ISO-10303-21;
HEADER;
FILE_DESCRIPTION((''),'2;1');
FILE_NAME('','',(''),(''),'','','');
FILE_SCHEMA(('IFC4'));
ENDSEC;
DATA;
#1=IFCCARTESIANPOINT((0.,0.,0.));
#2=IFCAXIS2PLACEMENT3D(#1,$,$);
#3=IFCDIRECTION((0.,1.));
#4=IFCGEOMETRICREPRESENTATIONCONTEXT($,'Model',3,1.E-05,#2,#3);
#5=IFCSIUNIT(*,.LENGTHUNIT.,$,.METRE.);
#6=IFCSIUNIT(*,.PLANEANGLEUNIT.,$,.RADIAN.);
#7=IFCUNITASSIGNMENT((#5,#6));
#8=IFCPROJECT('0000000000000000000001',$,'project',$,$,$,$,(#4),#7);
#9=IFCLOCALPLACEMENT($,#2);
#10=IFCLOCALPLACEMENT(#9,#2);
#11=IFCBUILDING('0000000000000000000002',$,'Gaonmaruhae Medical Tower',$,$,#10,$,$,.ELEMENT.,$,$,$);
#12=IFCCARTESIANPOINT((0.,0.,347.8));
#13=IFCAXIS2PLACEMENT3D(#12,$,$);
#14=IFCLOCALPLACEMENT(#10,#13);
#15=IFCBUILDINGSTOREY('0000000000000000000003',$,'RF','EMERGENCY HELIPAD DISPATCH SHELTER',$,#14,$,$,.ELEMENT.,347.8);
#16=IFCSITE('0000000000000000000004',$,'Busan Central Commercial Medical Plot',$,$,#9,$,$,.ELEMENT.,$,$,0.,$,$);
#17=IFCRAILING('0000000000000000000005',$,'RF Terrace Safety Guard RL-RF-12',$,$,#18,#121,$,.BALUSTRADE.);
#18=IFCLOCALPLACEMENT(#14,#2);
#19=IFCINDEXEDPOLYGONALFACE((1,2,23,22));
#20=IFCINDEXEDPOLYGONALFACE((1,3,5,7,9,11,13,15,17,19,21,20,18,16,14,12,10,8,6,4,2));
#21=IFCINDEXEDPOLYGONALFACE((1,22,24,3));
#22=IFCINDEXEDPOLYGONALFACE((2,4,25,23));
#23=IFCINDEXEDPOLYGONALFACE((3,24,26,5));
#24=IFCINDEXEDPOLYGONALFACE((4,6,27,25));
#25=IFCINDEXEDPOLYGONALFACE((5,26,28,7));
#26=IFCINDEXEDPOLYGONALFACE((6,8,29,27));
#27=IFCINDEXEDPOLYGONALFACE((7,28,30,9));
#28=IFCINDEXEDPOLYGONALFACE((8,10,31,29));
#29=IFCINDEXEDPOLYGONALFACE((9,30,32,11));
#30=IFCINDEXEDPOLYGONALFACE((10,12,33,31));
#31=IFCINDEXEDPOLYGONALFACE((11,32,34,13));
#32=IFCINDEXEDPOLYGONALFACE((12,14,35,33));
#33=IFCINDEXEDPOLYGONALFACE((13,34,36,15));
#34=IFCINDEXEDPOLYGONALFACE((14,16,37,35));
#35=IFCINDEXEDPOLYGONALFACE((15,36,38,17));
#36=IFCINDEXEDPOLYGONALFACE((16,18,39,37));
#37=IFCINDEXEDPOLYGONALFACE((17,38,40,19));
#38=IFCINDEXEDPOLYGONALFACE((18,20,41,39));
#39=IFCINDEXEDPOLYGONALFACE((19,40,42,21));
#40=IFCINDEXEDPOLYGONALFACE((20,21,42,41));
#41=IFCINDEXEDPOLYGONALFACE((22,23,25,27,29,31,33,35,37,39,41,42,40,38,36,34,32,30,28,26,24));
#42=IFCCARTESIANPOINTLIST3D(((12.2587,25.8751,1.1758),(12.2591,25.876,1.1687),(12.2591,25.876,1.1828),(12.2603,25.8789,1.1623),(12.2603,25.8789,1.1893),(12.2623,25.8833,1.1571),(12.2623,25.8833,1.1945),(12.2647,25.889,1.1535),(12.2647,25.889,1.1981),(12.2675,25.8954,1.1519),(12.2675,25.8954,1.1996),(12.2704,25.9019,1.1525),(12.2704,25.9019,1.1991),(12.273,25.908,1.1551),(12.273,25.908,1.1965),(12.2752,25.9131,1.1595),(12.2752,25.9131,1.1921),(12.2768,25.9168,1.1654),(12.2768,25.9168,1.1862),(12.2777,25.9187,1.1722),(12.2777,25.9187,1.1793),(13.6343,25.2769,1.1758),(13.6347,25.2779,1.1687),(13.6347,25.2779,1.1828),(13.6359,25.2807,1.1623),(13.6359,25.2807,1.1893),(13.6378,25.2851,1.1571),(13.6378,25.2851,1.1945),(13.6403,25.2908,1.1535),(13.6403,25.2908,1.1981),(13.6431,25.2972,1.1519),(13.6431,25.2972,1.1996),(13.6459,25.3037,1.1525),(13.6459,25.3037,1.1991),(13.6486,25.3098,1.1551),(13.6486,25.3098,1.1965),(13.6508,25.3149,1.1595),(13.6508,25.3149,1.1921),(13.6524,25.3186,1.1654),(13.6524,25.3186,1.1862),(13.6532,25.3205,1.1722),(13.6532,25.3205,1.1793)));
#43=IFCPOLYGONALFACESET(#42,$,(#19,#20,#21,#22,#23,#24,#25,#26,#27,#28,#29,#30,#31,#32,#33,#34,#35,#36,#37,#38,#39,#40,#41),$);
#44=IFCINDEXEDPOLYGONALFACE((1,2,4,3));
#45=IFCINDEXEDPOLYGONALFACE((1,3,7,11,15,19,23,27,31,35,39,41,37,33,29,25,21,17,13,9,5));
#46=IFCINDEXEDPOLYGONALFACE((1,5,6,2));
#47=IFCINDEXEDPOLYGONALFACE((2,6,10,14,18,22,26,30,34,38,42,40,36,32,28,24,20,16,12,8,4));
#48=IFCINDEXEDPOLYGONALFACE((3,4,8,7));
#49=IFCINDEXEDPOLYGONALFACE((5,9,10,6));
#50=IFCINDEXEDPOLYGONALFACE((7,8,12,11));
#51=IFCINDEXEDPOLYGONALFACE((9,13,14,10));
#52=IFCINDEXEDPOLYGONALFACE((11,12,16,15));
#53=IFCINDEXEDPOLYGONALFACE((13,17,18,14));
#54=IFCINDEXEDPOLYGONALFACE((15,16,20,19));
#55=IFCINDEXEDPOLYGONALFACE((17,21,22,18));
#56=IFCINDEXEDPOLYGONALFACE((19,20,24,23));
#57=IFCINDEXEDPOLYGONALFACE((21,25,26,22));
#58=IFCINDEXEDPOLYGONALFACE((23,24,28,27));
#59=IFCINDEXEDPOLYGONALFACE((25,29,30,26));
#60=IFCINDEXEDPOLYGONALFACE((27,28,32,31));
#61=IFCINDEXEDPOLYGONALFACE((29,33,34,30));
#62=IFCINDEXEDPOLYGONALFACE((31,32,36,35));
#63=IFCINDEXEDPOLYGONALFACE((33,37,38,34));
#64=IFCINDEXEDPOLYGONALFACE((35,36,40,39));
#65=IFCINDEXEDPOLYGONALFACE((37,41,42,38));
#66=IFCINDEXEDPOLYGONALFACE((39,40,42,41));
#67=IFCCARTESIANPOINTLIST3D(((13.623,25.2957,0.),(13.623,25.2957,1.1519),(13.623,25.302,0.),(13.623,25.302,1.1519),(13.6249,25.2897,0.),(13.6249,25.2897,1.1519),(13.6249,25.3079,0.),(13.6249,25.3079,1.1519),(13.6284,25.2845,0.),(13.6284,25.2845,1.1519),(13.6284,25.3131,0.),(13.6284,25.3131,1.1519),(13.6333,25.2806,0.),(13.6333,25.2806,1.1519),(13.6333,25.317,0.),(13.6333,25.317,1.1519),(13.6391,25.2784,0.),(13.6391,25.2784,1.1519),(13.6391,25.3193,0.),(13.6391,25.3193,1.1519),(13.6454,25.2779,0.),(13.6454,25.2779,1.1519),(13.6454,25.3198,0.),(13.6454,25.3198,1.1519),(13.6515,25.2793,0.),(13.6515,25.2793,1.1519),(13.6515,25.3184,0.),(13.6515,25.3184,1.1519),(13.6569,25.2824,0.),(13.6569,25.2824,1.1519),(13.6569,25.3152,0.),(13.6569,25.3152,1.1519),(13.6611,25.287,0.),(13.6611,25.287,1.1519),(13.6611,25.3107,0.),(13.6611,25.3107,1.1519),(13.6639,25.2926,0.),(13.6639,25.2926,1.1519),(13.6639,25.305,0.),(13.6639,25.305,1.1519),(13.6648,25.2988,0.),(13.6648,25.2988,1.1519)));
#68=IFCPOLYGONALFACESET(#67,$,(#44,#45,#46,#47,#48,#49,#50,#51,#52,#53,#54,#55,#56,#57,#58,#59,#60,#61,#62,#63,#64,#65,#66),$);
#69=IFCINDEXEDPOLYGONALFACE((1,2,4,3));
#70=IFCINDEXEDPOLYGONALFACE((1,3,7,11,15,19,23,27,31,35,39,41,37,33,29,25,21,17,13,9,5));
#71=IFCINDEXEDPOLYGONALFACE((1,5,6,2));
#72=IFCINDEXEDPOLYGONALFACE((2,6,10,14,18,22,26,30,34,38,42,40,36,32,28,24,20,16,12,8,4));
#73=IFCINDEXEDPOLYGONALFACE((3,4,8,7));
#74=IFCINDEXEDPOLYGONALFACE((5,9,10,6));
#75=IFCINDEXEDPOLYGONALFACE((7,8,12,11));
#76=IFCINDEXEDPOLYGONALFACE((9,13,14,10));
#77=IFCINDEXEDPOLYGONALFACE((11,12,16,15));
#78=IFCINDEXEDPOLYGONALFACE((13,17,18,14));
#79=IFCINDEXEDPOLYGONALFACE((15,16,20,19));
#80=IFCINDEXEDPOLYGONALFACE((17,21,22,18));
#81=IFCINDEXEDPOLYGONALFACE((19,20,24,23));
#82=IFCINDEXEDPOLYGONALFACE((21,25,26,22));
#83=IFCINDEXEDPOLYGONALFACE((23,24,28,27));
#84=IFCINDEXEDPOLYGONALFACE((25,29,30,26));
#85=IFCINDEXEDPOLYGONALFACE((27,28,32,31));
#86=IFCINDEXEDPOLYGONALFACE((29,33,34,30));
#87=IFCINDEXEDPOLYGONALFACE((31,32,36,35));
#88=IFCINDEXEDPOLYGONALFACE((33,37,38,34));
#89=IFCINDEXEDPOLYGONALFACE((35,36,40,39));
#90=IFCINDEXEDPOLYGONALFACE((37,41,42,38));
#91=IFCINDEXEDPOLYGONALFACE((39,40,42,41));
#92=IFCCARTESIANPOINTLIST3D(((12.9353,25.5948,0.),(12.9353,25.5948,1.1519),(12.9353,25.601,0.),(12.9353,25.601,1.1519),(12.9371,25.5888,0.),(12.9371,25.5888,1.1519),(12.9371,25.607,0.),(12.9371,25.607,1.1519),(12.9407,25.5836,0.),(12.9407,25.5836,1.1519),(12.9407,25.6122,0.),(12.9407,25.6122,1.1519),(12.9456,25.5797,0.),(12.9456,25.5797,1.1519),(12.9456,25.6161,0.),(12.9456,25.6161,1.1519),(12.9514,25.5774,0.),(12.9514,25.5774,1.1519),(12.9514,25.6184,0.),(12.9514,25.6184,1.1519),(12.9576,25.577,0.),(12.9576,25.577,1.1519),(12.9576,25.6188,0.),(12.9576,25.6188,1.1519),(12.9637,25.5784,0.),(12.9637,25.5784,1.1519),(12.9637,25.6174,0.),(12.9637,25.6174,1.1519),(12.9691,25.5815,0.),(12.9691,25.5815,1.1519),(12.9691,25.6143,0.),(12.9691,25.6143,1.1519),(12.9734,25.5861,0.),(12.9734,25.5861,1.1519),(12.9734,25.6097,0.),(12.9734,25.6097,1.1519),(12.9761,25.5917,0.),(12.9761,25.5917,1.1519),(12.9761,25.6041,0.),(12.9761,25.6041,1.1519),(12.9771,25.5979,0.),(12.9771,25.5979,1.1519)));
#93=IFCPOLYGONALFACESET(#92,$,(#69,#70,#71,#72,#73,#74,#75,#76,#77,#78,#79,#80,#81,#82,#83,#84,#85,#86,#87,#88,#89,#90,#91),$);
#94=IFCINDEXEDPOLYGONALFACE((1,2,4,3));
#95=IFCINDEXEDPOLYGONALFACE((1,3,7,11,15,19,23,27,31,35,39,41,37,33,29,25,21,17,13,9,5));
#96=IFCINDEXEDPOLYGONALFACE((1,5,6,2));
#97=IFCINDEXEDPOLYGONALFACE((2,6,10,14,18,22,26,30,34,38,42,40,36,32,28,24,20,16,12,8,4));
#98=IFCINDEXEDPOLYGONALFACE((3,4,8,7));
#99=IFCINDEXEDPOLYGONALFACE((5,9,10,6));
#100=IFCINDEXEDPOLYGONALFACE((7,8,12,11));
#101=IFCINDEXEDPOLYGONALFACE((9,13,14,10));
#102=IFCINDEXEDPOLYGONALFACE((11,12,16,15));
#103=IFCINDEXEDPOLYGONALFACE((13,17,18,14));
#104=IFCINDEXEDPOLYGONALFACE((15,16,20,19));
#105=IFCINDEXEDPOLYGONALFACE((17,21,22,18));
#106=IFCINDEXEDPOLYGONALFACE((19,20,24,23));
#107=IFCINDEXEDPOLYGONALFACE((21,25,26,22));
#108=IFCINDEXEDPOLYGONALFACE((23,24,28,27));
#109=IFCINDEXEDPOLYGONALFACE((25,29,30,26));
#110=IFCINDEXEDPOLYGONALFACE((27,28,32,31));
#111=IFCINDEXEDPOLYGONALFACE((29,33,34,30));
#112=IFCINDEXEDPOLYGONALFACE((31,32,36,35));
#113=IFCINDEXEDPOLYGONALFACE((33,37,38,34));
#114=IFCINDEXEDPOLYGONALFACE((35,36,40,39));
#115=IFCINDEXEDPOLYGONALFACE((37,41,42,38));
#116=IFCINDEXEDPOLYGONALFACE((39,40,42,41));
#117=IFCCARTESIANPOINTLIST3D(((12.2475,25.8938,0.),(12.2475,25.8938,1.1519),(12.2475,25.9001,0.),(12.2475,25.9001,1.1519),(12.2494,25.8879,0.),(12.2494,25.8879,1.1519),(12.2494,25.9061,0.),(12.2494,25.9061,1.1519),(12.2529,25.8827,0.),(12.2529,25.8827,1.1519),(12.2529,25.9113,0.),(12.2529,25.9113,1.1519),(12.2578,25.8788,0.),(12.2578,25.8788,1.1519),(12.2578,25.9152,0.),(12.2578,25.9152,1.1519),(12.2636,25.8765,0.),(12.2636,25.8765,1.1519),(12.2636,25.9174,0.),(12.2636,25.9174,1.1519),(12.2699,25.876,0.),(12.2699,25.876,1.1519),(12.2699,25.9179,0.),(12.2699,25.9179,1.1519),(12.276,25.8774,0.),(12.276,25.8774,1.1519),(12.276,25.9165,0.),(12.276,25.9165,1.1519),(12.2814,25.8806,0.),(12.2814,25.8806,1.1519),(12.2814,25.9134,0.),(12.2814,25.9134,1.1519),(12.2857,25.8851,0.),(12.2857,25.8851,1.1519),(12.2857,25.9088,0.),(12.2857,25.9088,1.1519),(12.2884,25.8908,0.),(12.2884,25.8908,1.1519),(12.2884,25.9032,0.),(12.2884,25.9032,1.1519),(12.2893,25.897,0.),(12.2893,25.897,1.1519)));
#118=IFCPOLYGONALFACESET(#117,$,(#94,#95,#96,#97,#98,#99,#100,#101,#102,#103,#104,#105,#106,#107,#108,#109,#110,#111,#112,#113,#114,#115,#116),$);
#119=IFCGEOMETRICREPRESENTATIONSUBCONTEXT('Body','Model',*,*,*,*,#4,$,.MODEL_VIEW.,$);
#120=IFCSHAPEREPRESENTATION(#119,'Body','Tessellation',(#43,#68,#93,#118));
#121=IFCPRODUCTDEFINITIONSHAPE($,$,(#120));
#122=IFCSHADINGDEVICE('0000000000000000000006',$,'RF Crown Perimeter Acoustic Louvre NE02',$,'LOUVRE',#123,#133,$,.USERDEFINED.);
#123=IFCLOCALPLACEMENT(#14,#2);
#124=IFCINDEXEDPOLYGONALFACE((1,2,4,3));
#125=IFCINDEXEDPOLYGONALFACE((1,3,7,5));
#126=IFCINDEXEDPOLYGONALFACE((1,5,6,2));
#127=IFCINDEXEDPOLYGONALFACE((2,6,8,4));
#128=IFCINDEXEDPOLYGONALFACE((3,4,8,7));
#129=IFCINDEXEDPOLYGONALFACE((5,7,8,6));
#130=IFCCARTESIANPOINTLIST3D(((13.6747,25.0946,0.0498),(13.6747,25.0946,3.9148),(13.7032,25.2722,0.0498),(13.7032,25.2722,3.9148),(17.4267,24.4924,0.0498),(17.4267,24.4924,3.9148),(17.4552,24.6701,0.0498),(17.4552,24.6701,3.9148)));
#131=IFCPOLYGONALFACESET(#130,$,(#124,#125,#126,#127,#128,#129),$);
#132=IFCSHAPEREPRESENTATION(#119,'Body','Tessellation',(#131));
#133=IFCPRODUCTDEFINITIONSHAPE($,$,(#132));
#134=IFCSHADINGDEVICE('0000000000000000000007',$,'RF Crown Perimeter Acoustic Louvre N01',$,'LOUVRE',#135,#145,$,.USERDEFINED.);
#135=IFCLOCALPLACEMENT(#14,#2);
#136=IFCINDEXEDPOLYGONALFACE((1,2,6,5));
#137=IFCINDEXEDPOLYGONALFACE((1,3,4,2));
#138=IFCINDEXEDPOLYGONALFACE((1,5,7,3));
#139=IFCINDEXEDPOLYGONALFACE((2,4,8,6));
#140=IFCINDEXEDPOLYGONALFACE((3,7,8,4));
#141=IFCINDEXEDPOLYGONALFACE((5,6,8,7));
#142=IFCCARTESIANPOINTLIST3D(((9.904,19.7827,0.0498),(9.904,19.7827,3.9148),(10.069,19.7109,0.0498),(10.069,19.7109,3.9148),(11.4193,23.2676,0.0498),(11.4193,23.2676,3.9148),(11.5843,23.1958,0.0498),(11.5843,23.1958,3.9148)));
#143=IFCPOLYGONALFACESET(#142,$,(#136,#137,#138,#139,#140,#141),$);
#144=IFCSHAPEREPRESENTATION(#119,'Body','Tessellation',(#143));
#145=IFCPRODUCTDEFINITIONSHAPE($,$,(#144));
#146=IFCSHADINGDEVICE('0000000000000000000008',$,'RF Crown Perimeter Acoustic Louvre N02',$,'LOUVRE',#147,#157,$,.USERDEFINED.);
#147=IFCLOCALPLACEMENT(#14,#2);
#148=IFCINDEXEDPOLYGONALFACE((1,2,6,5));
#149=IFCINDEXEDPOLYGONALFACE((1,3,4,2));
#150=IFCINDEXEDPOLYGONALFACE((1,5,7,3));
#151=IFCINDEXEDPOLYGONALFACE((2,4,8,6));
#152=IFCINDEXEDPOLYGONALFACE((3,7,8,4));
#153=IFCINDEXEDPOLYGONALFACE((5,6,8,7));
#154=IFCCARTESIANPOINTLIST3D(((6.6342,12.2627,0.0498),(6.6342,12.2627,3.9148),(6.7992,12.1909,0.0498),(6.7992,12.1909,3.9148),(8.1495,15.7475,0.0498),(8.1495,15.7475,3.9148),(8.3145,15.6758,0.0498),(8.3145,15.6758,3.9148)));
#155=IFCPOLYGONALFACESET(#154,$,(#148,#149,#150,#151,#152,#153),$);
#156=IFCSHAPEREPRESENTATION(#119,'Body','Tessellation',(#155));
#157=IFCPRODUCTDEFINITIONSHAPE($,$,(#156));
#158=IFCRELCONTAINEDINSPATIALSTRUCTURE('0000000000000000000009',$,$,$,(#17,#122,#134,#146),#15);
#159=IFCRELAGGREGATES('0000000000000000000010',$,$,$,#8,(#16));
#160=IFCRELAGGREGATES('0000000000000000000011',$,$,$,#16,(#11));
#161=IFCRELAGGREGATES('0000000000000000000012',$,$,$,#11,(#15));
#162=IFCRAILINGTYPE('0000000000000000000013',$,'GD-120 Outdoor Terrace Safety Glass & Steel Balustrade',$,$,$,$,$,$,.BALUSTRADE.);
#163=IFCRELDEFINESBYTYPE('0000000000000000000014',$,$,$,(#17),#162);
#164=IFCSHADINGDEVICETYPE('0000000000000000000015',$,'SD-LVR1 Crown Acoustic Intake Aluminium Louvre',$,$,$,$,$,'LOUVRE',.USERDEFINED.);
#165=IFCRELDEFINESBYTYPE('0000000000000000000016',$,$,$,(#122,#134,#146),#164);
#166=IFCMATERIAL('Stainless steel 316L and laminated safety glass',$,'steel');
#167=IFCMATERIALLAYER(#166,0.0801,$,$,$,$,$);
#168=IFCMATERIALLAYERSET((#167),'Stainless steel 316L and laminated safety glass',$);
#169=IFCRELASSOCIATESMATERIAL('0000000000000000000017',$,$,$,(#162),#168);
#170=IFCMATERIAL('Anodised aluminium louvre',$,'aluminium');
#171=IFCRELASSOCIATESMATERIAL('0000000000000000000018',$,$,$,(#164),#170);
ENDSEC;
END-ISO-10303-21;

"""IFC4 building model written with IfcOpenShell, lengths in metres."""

from ifc_helpers import new_model, si_unit, direction, frame, origin, origin_2d, place, context, subcontext, project, spatial, rectangle, circle, extrude, material, layer, layer_set, type_object, element, save


model = new_model("IFC4")

# Units and contexts
model_context = context("Model", 3, precision=1e-05, world=origin(), true_north=direction((0.0, 1.0)))
body_context = subcontext(model_context, "Body", "Model", "MODEL_VIEW")
ifc_project = project(units=[si_unit("LENGTHUNIT", "METRE"), si_unit("PLANEANGLEUNIT", "RADIAN")], contexts=[model_context])

# Site, building, storey
site_placement = place(None, origin())
site = spatial("IfcSite", under=ifc_project, at=site_placement, Name="Busan Central Commercial Medical Plot", CompositionType="ELEMENT", RefElevation=0.0)
building_placement = place(site_placement, origin())
building = spatial("IfcBuilding", under=site, at=building_placement, Name="Gaonmaruhae Medical Tower", CompositionType="ELEMENT")
storey_placement = place(building_placement, frame((0.0, 0.0, 347.8)))
storey = spatial("IfcBuildingStorey", under=building, at=storey_placement, Name="RF", Description="EMERGENCY HELIPAD DISPATCH SHELTER", CompositionType="ELEMENT", Elevation=347.8)

# Railing
ifc_material_1 = material(Name="Stainless steel 316L and laminated safety glass", Category="steel")
ifc_layer_1 = layer(ifc_material_1, 0.0801)
ifc_layer_set_1 = layer_set([ifc_layer_1], Name="Stainless steel 316L and laminated safety glass")
railing_type_1 = type_object("IfcRailingType", Name="GD-120 Outdoor Terrace Safety Glass & Steel Balustrade", PredefinedType="BALUSTRADE", material=ifc_layer_set_1)
railing_1_placement = place(storey_placement, frame((13.6438, 25.2988, 0.0)))
element("IfcRailing", 1, at=railing_1_placement, inside=storey, type_object=railing_type_1, Name="RF Terrace Safety Guard RL-RF-12", PredefinedType="BALUSTRADE", context=body_context, shape_type="SweptSolid", body=[
    extrude(circle(Radius=0.0239, at=origin_2d()), frame((0.0, 0.0, 1.1758), z_axis=(-0.917044, 0.398786, 0.0), x_axis=(-0.398786, -0.917044, 0.0)), (0.0, 0.0, 1.0), 1.5),
    extrude(circle(Radius=0.021, at=origin_2d()), origin(), (0.0, 0.0, 1.0), 1.1519),
    extrude(circle(Radius=0.021, at=origin_2d()), frame((-0.6877, 0.2991, 0.0)), (0.0, 0.0, 1.0), 1.1519),
    extrude(circle(Radius=0.021, at=origin_2d()), frame((-1.3755, 0.5981, 0.0)), (0.0, 0.0, 1.0), 1.1519),
])

# Shading devices
ifc_material_2 = material(Name="Anodised aluminium louvre", Category="aluminium")
shading_device_type = type_object("IfcShadingDeviceType", Name="SD-LVR1 Crown Acoustic Intake Aluminium Louvre", ElementType="LOUVRE", PredefinedType="USERDEFINED", material=ifc_material_2)
for number, where, z_axis, x_axis, name in (
    (2, (15.5649, 24.8823, 0.0498), (0.0, 0.0, 1.0), (0.987364, -0.158468, 0.0), "RF Crown Perimeter Acoustic Louvre NE02"),
    (3, (10.7441, 21.4893, 0.0498), (0.0, 0.0, 1.0), (0.398749, 0.91706, 0.0), "RF Crown Perimeter Acoustic Louvre N01"),
    (4, (7.4744, 13.9692, 0.0498), (0.0, 0.0, 1.0), (0.398749, 0.91706, 0.0), "RF Crown Perimeter Acoustic Louvre N02"),
):
    element("IfcShadingDevice", number, at=place(storey_placement, frame(where, z_axis=z_axis, x_axis=x_axis)), inside=storey, type_object=shading_device_type, Name=name, ObjectType="LOUVRE", PredefinedType="USERDEFINED", context=body_context, shape_type="SweptSolid", body=[
        extrude(rectangle(XDim=3.8, YDim=0.1799, at=origin_2d()), origin(), (0.0, 0.0, 1.0), 3.865),
    ])

save(model, "model.ifc")
